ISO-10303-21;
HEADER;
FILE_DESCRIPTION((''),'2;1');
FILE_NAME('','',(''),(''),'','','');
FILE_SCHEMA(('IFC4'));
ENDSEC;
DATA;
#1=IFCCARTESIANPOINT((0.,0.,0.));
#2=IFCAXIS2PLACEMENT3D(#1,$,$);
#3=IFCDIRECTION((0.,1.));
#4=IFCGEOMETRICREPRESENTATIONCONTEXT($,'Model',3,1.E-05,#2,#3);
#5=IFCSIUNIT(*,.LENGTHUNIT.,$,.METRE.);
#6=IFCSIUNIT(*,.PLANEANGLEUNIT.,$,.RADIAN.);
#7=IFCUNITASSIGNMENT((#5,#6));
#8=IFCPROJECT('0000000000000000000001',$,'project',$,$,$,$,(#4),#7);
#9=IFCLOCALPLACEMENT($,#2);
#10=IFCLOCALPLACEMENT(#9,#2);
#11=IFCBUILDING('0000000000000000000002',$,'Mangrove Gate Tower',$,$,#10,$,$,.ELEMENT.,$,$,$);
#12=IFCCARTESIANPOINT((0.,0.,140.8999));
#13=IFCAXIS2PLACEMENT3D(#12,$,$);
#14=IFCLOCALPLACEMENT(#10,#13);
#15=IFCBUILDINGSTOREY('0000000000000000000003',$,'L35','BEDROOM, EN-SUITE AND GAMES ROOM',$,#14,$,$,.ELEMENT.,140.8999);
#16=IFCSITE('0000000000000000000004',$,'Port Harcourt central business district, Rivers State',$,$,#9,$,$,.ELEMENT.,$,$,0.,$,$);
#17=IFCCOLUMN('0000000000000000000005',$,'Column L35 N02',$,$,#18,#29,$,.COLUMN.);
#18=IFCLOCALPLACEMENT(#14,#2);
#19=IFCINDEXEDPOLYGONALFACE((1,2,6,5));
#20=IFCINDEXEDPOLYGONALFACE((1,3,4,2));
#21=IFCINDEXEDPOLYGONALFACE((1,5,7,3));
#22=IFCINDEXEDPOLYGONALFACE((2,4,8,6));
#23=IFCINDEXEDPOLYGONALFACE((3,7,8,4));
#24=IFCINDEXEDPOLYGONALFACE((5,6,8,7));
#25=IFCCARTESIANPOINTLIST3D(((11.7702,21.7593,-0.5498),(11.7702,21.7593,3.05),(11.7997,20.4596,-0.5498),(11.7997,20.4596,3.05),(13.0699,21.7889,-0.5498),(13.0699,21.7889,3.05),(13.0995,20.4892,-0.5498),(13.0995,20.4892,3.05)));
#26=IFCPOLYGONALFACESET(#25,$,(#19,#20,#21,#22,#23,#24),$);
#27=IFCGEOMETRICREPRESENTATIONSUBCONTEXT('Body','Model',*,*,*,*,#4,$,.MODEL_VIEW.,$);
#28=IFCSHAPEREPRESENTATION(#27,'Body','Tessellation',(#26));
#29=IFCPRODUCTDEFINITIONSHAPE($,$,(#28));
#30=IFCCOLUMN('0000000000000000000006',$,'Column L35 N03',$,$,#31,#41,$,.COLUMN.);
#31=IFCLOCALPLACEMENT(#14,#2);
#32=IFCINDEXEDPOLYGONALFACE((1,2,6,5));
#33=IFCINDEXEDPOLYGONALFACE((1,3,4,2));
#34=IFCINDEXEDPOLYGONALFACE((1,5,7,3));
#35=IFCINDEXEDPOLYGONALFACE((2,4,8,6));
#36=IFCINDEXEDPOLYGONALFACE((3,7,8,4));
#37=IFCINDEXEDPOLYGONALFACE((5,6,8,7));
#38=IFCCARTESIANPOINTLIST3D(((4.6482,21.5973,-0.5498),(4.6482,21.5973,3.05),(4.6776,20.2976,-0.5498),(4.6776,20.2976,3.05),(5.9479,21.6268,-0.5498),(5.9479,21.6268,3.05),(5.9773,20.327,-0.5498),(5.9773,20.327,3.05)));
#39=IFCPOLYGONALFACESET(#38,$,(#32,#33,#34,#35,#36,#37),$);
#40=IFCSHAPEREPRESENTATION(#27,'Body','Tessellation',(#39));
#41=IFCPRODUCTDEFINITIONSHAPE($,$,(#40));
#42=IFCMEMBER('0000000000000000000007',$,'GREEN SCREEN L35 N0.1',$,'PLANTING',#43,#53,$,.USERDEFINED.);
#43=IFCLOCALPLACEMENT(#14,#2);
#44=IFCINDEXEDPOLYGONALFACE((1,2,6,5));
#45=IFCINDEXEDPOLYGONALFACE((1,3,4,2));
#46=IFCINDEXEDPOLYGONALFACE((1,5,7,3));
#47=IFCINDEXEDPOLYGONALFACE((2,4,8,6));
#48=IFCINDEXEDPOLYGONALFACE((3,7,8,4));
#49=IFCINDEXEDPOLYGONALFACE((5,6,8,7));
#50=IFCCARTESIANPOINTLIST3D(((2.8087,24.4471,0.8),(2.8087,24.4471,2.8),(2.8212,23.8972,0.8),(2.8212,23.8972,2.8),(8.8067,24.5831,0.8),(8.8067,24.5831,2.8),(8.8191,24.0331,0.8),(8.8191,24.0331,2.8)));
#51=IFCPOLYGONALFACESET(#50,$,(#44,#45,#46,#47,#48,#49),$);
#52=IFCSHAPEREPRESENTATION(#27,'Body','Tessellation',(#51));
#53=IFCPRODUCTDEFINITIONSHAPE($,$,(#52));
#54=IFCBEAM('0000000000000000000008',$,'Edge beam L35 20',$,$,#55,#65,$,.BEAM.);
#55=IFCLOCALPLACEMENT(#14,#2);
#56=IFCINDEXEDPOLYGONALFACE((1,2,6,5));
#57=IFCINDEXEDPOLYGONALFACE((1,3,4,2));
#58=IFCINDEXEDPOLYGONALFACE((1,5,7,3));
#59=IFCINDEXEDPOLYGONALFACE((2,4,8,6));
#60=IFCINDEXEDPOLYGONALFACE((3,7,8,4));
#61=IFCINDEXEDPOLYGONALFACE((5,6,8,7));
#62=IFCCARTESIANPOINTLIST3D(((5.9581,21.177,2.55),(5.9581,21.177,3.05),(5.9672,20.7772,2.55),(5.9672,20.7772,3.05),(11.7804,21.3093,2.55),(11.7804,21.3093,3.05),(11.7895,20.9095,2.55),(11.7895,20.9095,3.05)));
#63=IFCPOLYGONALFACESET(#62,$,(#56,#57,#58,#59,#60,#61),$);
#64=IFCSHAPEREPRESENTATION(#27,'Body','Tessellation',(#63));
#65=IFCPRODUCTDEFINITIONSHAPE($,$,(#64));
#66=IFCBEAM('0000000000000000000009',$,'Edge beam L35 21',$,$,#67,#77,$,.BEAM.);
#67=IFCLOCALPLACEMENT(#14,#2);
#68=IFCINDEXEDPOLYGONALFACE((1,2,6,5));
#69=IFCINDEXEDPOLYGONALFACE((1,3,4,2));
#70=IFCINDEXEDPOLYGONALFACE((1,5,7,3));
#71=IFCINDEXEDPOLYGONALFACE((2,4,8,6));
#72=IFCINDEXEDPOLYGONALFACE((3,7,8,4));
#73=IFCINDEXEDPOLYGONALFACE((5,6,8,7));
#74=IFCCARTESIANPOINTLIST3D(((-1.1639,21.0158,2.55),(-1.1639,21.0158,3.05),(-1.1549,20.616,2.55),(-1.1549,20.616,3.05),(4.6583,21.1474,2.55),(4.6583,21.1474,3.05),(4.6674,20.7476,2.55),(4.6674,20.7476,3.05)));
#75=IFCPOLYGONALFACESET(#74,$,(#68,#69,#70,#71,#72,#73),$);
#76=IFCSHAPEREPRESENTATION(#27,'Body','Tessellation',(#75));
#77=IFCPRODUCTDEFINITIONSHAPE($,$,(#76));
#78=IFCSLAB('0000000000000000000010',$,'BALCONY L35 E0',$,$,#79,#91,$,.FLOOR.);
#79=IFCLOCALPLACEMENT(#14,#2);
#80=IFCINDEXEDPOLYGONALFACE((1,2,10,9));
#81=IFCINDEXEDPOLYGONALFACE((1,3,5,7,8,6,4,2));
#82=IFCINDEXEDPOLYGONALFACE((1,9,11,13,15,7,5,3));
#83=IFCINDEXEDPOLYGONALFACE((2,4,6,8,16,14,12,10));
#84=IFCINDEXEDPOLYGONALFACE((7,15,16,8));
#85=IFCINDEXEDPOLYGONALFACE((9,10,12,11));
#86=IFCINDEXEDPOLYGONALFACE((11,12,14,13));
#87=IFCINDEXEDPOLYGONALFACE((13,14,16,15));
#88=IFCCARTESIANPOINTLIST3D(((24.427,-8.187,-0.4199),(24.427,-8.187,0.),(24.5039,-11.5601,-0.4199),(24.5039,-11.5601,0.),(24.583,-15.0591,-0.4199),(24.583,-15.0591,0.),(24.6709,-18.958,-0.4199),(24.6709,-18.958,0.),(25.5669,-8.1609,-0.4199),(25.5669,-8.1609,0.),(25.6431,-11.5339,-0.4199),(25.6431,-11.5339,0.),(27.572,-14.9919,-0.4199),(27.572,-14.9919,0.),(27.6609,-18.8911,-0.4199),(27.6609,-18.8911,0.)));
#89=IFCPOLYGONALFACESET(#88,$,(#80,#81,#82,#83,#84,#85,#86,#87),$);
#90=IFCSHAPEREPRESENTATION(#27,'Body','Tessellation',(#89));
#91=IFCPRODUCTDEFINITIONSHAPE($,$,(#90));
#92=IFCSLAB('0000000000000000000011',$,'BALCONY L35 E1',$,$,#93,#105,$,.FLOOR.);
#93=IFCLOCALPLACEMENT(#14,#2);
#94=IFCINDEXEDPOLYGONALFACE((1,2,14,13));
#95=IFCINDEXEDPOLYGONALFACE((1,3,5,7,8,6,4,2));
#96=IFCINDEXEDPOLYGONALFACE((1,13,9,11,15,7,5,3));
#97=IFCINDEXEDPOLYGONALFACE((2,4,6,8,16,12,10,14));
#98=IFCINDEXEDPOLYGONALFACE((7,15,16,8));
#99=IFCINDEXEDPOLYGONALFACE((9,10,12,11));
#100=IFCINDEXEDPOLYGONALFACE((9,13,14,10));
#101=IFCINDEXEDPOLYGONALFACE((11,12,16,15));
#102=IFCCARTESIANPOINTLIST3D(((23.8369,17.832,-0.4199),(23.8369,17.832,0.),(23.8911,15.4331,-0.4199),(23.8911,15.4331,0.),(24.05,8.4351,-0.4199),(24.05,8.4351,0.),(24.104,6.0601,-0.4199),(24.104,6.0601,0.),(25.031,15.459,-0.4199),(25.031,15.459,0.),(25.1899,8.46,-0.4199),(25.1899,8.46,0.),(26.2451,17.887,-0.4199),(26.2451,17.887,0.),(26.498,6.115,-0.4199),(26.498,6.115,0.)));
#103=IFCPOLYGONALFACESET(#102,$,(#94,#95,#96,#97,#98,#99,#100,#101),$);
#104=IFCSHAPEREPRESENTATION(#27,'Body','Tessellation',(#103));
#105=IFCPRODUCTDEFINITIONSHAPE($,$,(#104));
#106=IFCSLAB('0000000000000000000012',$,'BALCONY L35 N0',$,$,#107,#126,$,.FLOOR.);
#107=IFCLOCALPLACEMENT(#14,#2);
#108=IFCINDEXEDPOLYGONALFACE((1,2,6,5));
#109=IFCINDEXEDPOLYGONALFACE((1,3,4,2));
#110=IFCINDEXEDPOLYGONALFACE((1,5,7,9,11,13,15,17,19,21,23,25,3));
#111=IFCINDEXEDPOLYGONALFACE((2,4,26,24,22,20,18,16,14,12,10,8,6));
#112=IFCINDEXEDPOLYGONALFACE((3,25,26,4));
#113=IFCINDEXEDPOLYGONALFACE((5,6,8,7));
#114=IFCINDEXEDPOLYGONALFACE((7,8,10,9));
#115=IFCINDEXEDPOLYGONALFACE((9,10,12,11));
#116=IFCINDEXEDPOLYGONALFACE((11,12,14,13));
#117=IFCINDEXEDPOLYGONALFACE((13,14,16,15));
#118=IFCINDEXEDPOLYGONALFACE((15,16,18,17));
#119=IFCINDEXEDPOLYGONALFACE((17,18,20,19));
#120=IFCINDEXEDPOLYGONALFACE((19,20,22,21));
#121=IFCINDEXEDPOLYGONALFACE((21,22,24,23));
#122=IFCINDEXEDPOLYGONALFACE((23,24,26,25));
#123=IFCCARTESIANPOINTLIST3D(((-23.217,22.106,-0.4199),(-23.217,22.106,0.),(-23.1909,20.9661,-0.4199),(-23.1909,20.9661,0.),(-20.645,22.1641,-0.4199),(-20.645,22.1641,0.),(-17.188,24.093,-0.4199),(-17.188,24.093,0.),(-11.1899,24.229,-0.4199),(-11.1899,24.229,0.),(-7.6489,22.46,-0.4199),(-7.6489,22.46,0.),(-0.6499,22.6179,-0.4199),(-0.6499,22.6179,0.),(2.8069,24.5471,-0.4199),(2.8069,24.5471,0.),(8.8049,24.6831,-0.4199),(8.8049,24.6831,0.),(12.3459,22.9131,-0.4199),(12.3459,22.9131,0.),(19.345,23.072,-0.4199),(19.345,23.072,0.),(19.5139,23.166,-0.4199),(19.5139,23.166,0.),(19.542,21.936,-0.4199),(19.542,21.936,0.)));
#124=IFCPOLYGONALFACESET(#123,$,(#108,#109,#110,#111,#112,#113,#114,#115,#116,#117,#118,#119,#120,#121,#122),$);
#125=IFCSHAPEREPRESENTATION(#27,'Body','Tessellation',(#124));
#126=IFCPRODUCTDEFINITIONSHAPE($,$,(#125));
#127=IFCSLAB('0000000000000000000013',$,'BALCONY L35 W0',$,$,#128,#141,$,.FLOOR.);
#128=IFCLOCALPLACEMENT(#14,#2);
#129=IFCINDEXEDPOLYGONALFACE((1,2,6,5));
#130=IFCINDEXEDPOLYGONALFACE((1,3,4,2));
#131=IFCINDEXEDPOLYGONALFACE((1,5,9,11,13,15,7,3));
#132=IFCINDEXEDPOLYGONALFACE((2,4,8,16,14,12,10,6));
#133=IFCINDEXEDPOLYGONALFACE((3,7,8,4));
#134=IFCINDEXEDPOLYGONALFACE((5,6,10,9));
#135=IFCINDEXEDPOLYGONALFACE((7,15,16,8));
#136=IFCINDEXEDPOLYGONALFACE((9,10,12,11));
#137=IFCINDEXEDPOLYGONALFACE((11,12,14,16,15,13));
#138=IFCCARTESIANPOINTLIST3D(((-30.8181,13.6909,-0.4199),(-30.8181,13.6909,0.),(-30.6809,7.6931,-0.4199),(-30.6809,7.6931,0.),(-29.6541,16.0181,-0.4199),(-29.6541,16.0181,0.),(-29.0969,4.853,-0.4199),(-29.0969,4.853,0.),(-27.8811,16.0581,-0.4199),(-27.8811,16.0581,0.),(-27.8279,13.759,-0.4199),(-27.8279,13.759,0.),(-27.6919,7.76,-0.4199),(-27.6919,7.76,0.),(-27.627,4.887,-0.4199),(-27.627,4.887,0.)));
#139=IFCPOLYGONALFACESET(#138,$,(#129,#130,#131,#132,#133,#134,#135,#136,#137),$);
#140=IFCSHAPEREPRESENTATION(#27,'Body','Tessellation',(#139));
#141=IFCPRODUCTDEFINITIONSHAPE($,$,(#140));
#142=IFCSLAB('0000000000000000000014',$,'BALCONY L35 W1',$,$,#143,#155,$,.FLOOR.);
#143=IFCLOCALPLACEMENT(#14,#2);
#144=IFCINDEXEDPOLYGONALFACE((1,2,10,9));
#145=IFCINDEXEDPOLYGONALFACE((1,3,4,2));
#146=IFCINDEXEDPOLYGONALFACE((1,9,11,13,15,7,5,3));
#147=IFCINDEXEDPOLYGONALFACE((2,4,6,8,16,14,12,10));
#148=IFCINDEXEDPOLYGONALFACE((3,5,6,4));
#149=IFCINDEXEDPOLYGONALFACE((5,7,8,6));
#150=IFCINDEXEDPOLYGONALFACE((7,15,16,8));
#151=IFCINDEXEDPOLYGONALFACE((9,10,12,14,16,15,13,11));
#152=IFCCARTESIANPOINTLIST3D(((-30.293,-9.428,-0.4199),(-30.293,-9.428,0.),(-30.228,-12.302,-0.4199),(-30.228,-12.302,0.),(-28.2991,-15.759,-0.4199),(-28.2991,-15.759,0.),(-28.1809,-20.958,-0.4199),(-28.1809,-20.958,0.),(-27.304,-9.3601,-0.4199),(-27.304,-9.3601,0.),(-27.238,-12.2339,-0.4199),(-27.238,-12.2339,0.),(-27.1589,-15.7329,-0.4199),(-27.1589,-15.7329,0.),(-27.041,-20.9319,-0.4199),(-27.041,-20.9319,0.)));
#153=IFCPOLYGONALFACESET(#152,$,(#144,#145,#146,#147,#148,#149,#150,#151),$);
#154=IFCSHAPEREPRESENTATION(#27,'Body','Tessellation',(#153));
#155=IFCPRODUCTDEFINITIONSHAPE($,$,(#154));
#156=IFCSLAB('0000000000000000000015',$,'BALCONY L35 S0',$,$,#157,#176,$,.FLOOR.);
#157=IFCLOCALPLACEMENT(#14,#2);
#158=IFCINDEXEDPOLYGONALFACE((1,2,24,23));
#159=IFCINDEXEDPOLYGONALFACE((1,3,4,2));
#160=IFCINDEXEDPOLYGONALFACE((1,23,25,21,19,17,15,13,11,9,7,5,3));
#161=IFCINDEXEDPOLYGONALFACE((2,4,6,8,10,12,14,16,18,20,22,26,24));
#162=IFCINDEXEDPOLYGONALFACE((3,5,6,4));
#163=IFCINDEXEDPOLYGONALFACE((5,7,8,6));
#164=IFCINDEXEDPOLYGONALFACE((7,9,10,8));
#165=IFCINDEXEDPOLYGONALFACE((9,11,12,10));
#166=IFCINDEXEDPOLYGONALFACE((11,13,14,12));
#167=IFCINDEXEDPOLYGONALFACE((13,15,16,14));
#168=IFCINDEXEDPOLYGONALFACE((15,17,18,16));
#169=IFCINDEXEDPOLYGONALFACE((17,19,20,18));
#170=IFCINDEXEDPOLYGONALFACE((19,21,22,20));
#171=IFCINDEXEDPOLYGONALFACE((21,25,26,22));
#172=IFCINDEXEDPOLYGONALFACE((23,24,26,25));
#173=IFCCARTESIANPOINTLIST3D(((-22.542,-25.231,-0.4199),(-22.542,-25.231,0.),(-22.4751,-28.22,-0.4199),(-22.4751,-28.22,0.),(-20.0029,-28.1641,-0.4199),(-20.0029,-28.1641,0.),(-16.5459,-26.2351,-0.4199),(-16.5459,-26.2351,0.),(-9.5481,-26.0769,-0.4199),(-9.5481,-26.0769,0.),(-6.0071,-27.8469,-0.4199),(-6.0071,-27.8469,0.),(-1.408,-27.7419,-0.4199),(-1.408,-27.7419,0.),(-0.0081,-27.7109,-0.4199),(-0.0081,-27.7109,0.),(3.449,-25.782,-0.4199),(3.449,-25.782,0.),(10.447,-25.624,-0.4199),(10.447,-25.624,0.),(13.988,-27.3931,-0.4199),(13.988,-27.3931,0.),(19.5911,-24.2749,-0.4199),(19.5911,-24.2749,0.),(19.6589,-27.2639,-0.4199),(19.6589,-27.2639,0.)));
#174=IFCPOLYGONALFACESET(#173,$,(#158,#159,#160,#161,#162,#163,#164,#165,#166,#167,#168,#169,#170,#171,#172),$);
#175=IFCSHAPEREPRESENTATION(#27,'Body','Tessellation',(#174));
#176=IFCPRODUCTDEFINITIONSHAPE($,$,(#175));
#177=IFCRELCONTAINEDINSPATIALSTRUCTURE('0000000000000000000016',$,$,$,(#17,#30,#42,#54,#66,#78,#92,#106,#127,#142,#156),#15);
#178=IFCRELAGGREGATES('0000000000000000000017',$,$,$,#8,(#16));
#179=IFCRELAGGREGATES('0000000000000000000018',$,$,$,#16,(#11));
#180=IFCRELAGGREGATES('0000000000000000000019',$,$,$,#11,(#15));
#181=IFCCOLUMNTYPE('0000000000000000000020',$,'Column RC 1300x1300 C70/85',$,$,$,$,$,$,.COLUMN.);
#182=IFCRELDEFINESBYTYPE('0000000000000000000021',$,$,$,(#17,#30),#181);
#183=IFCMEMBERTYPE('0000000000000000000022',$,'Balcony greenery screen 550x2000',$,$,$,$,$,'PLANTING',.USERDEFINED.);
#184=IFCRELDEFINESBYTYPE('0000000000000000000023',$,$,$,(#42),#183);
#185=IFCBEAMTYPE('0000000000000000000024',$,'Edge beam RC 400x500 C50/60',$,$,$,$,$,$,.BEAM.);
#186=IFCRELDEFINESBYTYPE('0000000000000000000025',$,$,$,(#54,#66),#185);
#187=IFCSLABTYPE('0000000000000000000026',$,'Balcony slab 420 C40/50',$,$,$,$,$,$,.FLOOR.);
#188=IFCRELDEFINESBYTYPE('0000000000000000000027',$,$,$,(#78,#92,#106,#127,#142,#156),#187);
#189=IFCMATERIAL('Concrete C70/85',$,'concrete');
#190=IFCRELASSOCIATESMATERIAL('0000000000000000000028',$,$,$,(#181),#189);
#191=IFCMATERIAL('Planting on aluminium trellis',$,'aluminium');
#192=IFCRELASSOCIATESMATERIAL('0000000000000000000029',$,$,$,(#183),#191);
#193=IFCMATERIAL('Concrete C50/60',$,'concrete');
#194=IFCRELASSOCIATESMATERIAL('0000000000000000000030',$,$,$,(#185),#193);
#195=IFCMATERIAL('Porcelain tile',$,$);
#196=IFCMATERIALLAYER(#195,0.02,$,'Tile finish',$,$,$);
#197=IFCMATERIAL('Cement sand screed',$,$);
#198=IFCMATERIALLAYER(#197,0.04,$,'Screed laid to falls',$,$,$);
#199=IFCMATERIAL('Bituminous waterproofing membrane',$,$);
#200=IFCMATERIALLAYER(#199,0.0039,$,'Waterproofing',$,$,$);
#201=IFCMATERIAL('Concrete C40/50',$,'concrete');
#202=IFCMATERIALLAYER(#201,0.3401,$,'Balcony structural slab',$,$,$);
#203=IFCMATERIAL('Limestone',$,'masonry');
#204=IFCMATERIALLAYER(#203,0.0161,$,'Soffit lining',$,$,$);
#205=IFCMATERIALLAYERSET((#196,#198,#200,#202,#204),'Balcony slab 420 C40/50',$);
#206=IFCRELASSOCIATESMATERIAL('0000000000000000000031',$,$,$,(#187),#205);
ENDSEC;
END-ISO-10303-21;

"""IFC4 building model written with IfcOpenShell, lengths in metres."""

from ifc_helpers import new_model, si_unit, direction, frame, origin, origin_2d, place, context, subcontext, project, spatial, polyline, rectangle, outline, extrude, material, layer, layer_set, material_profile, profile_set, type_object, element, save


model = new_model("IFC4")

# Units and contexts
model_context = context("Model", 3, precision=1e-05, world=origin(), true_north=direction((0.0, 1.0)))
body_context = subcontext(model_context, "Body", "Model", "MODEL_VIEW")
ifc_project = project(units=[si_unit("LENGTHUNIT", "METRE"), si_unit("PLANEANGLEUNIT", "RADIAN")], contexts=[model_context])

# Site, building, storey
site_placement = place(None, origin())
site = spatial("IfcSite", under=ifc_project, at=site_placement, Name="Port Harcourt central business district, Rivers State", CompositionType="ELEMENT", RefElevation=0.0)
building_placement = place(site_placement, origin())
building = spatial("IfcBuilding", under=site, at=building_placement, Name="Mangrove Gate Tower", CompositionType="ELEMENT")
storey_placement = place(building_placement, frame((0.0, 0.0, 140.8999)))
storey = spatial("IfcBuildingStorey", under=building, at=storey_placement, Name="L35", Description="BEDROOM, EN-SUITE AND GAMES ROOM", CompositionType="ELEMENT", Elevation=140.8999)

# Columns
ifc_material_1 = material(Name="Concrete C70/85", Category="concrete")
ifc_material_profile_1 = material_profile(ifc_material_1, rectangle(XDim=1.3, YDim=1.3, at=origin_2d()))
ifc_profile_set_1 = profile_set([ifc_material_profile_1], Name="Concrete C70/85")
column_type = type_object("IfcColumnType", Name="Column RC 1300x1300 C70/85", PredefinedType="COLUMN", material=ifc_profile_set_1)
for number, where, z_axis, x_axis, name in (
    (1, (12.4348, 21.1243, -0.5498), (0.0, 0.0, 1.0), (-0.999741, -0.022741, 0.0), "Column L35 N02"),
    (2, (5.3127, 20.9622, -0.5498), (0.0, 0.0, 1.0), (-0.999743, -0.02267, 0.0), "Column L35 N03"),
):
    element("IfcColumn", number, at=place(storey_placement, frame(where, z_axis=z_axis, x_axis=x_axis)), inside=storey, type_object=column_type, Name=name, PredefinedType="COLUMN", context=body_context, shape_type="SweptSolid", body=[
        extrude(rectangle(XDim=1.3, YDim=1.3, at=origin_2d()), origin(), (0.0, 0.0, 1.0), 3.5999),
    ])

# Member
ifc_material_2 = material(Name="Planting on aluminium trellis", Category="aluminium")
ifc_material_profile_2 = material_profile(ifc_material_2, rectangle(XDim=0.55, YDim=2.0, at=origin_2d()))
ifc_profile_set_2 = profile_set([ifc_material_profile_2], Name="Planting on aluminium trellis")
member_type = type_object("IfcMemberType", Name="Balcony greenery screen 550x2000", ElementType="PLANTING", PredefinedType="USERDEFINED", material=ifc_profile_set_2)
member_placement = place(storey_placement, frame((2.8149, 24.1721, 1.8), z_axis=(0.999743, 0.022666, 0.0), x_axis=(-0.022666, 0.999743, 0.0)))
element("IfcMember", 3, at=member_placement, inside=storey, type_object=member_type, Name="GREEN SCREEN L35 N0.1", ObjectType="PLANTING", PredefinedType="USERDEFINED", context=body_context, shape_type="SweptSolid", body=[
    extrude(rectangle(XDim=0.55, YDim=2.0, at=origin_2d()), origin(), (0.0, 0.0, 1.0), 5.9995),
])

# Beams
ifc_material_3 = material(Name="Concrete C50/60", Category="concrete")
ifc_material_profile_3 = material_profile(ifc_material_3, rectangle(XDim=0.3999, YDim=0.5, at=origin_2d()))
ifc_profile_set_3 = profile_set([ifc_material_profile_3], Name="Concrete C50/60")
beam_type = type_object("IfcBeamType", Name="Edge beam RC 400x500 C50/60", PredefinedType="BEAM", material=ifc_profile_set_3)
for number, where, z_axis, x_axis, name in (
    (4, (11.7849, 21.1094, 2.8), (-0.999742, -0.022721, 0.0), (0.022721, -0.999742, 0.0), "Edge beam L35 20"),
    (5, (4.6628, 20.9475, 2.8), (-0.999745, -0.022596, 0.0), (0.022596, -0.999745, 0.0), "Edge beam L35 21"),
):
    element("IfcBeam", number, at=place(storey_placement, frame(where, z_axis=z_axis, x_axis=x_axis)), inside=storey, type_object=beam_type, Name=name, PredefinedType="BEAM", context=body_context, shape_type="SweptSolid", body=[
        extrude(rectangle(XDim=0.3999, YDim=0.5, at=origin_2d()), origin(), (0.0, 0.0, 1.0), 5.8237),
    ])

# Slabs
ifc_material_4 = material(Name="Porcelain tile")
ifc_layer_1 = layer(ifc_material_4, 0.02, Name="Tile finish")
ifc_material_5 = material(Name="Cement sand screed")
ifc_layer_2 = layer(ifc_material_5, 0.04, Name="Screed laid to falls")
ifc_material_6 = material(Name="Bituminous waterproofing membrane")
ifc_layer_3 = layer(ifc_material_6, 0.0039, Name="Waterproofing")
ifc_material_7 = material(Name="Concrete C40/50", Category="concrete")
ifc_layer_4 = layer(ifc_material_7, 0.3401, Name="Balcony structural slab")
ifc_material_8 = material(Name="Limestone", Category="masonry")
ifc_layer_5 = layer(ifc_material_8, 0.0161, Name="Soffit lining")
ifc_layer_set_1 = layer_set([ifc_layer_1, ifc_layer_2, ifc_layer_3, ifc_layer_4, ifc_layer_5], Name="Balcony slab 420 C40/50")
slab_type_1 = type_object("IfcSlabType", Name="Balcony slab 420 C40/50", PredefinedType="FLOOR", material=ifc_layer_set_1)
slab_1_placement = place(storey_placement, frame((0.0, 0.0, -0.4199)))
element("IfcSlab", 6, at=slab_1_placement, inside=storey, type_object=slab_type_1, Name="BALCONY L35 E0", PredefinedType="FLOOR", context=body_context, shape_type="SweptSolid", body=[
    extrude(outline(polyline([(27.6609, -18.8911), (27.572, -14.9919), (25.6431, -11.5339), (25.5669, -8.1609), (24.427, -8.187), (24.5039, -11.5601), (24.583, -15.0591), (24.6709, -18.958), (27.6609, -18.8911)])), origin(), (0.0, 0.0, 1.0), 0.4199),
])
slab_2_placement = place(storey_placement, frame((0.0, 0.0, -0.4199)))
element("IfcSlab", 7, at=slab_2_placement, inside=storey, type_object=slab_type_1, Name="BALCONY L35 E1", PredefinedType="FLOOR", context=body_context, shape_type="SweptSolid", body=[
    extrude(outline(polyline([(26.498, 6.115), (25.1899, 8.46), (25.031, 15.459), (26.2451, 17.887), (23.8369, 17.832), (23.8911, 15.4331), (24.05, 8.4351), (24.104, 6.0601), (26.498, 6.115)])), origin(), (0.0, 0.0, 1.0), 0.4199),
])
slab_3_placement = place(storey_placement, frame((0.0, 0.0, -0.4199)))
element("IfcSlab", 8, at=slab_3_placement, inside=storey, type_object=slab_type_1, Name="BALCONY L35 N0", PredefinedType="FLOOR", context=body_context, shape_type="SweptSolid", body=[
    extrude(outline(polyline([(19.5139, 23.166), (19.345, 23.072), (12.3459, 22.9131), (8.8049, 24.6831), (2.8069, 24.5471), (-0.6499, 22.6179), (-7.6489, 22.46), (-11.1899, 24.229), (-17.188, 24.093), (-20.645, 22.1641), (-23.217, 22.106), (-23.1909, 20.9661), (19.542, 21.936), (19.5139, 23.166)])), origin(), (0.0, 0.0, 1.0), 0.4199),
])
slab_4_placement = place(storey_placement, frame((0.0, 0.0, -0.4199)))
element("IfcSlab", 9, at=slab_4_placement, inside=storey, type_object=slab_type_1, Name="BALCONY L35 W0", PredefinedType="FLOOR", context=body_context, shape_type="SweptSolid", body=[
    extrude(outline(polyline([(-29.6541, 16.0181), (-30.8181, 13.6909), (-30.6809, 7.6931), (-29.0969, 4.853), (-27.627, 4.887), (-27.6919, 7.76), (-27.8279, 13.759), (-27.8811, 16.0581), (-29.6541, 16.0181)])), origin(), (0.0, 0.0, 1.0), 0.4199),
])
slab_5_placement = place(storey_placement, frame((0.0, 0.0, -0.4199)))
element("IfcSlab", 10, at=slab_5_placement, inside=storey, type_object=slab_type_1, Name="BALCONY L35 W1", PredefinedType="FLOOR", context=body_context, shape_type="SweptSolid", body=[
    extrude(outline(polyline([(-30.293, -9.428), (-30.228, -12.302), (-28.2991, -15.759), (-28.1809, -20.958), (-27.041, -20.9319), (-27.1589, -15.7329), (-27.238, -12.2339), (-27.304, -9.3601), (-30.293, -9.428)])), origin(), (0.0, 0.0, 1.0), 0.4199),
])
slab_6_placement = place(storey_placement, frame((0.0, 0.0, -0.4199)))
element("IfcSlab", 11, at=slab_6_placement, inside=storey, type_object=slab_type_1, Name="BALCONY L35 S0", PredefinedType="FLOOR", context=body_context, shape_type="SweptSolid", body=[
    extrude(outline(polyline([(-22.4751, -28.22), (-20.0029, -28.1641), (-16.5459, -26.2351), (-9.5481, -26.0769), (-6.0071, -27.8469), (-1.408, -27.7419), (-0.0081, -27.7109), (3.449, -25.782), (10.447, -25.624), (13.988, -27.3931), (19.6589, -27.2639), (19.5911, -24.2749), (-22.542, -25.231), (-22.4751, -28.22)])), origin(), (0.0, 0.0, 1.0), 0.4199),
])

save(model, "model.ifc")
